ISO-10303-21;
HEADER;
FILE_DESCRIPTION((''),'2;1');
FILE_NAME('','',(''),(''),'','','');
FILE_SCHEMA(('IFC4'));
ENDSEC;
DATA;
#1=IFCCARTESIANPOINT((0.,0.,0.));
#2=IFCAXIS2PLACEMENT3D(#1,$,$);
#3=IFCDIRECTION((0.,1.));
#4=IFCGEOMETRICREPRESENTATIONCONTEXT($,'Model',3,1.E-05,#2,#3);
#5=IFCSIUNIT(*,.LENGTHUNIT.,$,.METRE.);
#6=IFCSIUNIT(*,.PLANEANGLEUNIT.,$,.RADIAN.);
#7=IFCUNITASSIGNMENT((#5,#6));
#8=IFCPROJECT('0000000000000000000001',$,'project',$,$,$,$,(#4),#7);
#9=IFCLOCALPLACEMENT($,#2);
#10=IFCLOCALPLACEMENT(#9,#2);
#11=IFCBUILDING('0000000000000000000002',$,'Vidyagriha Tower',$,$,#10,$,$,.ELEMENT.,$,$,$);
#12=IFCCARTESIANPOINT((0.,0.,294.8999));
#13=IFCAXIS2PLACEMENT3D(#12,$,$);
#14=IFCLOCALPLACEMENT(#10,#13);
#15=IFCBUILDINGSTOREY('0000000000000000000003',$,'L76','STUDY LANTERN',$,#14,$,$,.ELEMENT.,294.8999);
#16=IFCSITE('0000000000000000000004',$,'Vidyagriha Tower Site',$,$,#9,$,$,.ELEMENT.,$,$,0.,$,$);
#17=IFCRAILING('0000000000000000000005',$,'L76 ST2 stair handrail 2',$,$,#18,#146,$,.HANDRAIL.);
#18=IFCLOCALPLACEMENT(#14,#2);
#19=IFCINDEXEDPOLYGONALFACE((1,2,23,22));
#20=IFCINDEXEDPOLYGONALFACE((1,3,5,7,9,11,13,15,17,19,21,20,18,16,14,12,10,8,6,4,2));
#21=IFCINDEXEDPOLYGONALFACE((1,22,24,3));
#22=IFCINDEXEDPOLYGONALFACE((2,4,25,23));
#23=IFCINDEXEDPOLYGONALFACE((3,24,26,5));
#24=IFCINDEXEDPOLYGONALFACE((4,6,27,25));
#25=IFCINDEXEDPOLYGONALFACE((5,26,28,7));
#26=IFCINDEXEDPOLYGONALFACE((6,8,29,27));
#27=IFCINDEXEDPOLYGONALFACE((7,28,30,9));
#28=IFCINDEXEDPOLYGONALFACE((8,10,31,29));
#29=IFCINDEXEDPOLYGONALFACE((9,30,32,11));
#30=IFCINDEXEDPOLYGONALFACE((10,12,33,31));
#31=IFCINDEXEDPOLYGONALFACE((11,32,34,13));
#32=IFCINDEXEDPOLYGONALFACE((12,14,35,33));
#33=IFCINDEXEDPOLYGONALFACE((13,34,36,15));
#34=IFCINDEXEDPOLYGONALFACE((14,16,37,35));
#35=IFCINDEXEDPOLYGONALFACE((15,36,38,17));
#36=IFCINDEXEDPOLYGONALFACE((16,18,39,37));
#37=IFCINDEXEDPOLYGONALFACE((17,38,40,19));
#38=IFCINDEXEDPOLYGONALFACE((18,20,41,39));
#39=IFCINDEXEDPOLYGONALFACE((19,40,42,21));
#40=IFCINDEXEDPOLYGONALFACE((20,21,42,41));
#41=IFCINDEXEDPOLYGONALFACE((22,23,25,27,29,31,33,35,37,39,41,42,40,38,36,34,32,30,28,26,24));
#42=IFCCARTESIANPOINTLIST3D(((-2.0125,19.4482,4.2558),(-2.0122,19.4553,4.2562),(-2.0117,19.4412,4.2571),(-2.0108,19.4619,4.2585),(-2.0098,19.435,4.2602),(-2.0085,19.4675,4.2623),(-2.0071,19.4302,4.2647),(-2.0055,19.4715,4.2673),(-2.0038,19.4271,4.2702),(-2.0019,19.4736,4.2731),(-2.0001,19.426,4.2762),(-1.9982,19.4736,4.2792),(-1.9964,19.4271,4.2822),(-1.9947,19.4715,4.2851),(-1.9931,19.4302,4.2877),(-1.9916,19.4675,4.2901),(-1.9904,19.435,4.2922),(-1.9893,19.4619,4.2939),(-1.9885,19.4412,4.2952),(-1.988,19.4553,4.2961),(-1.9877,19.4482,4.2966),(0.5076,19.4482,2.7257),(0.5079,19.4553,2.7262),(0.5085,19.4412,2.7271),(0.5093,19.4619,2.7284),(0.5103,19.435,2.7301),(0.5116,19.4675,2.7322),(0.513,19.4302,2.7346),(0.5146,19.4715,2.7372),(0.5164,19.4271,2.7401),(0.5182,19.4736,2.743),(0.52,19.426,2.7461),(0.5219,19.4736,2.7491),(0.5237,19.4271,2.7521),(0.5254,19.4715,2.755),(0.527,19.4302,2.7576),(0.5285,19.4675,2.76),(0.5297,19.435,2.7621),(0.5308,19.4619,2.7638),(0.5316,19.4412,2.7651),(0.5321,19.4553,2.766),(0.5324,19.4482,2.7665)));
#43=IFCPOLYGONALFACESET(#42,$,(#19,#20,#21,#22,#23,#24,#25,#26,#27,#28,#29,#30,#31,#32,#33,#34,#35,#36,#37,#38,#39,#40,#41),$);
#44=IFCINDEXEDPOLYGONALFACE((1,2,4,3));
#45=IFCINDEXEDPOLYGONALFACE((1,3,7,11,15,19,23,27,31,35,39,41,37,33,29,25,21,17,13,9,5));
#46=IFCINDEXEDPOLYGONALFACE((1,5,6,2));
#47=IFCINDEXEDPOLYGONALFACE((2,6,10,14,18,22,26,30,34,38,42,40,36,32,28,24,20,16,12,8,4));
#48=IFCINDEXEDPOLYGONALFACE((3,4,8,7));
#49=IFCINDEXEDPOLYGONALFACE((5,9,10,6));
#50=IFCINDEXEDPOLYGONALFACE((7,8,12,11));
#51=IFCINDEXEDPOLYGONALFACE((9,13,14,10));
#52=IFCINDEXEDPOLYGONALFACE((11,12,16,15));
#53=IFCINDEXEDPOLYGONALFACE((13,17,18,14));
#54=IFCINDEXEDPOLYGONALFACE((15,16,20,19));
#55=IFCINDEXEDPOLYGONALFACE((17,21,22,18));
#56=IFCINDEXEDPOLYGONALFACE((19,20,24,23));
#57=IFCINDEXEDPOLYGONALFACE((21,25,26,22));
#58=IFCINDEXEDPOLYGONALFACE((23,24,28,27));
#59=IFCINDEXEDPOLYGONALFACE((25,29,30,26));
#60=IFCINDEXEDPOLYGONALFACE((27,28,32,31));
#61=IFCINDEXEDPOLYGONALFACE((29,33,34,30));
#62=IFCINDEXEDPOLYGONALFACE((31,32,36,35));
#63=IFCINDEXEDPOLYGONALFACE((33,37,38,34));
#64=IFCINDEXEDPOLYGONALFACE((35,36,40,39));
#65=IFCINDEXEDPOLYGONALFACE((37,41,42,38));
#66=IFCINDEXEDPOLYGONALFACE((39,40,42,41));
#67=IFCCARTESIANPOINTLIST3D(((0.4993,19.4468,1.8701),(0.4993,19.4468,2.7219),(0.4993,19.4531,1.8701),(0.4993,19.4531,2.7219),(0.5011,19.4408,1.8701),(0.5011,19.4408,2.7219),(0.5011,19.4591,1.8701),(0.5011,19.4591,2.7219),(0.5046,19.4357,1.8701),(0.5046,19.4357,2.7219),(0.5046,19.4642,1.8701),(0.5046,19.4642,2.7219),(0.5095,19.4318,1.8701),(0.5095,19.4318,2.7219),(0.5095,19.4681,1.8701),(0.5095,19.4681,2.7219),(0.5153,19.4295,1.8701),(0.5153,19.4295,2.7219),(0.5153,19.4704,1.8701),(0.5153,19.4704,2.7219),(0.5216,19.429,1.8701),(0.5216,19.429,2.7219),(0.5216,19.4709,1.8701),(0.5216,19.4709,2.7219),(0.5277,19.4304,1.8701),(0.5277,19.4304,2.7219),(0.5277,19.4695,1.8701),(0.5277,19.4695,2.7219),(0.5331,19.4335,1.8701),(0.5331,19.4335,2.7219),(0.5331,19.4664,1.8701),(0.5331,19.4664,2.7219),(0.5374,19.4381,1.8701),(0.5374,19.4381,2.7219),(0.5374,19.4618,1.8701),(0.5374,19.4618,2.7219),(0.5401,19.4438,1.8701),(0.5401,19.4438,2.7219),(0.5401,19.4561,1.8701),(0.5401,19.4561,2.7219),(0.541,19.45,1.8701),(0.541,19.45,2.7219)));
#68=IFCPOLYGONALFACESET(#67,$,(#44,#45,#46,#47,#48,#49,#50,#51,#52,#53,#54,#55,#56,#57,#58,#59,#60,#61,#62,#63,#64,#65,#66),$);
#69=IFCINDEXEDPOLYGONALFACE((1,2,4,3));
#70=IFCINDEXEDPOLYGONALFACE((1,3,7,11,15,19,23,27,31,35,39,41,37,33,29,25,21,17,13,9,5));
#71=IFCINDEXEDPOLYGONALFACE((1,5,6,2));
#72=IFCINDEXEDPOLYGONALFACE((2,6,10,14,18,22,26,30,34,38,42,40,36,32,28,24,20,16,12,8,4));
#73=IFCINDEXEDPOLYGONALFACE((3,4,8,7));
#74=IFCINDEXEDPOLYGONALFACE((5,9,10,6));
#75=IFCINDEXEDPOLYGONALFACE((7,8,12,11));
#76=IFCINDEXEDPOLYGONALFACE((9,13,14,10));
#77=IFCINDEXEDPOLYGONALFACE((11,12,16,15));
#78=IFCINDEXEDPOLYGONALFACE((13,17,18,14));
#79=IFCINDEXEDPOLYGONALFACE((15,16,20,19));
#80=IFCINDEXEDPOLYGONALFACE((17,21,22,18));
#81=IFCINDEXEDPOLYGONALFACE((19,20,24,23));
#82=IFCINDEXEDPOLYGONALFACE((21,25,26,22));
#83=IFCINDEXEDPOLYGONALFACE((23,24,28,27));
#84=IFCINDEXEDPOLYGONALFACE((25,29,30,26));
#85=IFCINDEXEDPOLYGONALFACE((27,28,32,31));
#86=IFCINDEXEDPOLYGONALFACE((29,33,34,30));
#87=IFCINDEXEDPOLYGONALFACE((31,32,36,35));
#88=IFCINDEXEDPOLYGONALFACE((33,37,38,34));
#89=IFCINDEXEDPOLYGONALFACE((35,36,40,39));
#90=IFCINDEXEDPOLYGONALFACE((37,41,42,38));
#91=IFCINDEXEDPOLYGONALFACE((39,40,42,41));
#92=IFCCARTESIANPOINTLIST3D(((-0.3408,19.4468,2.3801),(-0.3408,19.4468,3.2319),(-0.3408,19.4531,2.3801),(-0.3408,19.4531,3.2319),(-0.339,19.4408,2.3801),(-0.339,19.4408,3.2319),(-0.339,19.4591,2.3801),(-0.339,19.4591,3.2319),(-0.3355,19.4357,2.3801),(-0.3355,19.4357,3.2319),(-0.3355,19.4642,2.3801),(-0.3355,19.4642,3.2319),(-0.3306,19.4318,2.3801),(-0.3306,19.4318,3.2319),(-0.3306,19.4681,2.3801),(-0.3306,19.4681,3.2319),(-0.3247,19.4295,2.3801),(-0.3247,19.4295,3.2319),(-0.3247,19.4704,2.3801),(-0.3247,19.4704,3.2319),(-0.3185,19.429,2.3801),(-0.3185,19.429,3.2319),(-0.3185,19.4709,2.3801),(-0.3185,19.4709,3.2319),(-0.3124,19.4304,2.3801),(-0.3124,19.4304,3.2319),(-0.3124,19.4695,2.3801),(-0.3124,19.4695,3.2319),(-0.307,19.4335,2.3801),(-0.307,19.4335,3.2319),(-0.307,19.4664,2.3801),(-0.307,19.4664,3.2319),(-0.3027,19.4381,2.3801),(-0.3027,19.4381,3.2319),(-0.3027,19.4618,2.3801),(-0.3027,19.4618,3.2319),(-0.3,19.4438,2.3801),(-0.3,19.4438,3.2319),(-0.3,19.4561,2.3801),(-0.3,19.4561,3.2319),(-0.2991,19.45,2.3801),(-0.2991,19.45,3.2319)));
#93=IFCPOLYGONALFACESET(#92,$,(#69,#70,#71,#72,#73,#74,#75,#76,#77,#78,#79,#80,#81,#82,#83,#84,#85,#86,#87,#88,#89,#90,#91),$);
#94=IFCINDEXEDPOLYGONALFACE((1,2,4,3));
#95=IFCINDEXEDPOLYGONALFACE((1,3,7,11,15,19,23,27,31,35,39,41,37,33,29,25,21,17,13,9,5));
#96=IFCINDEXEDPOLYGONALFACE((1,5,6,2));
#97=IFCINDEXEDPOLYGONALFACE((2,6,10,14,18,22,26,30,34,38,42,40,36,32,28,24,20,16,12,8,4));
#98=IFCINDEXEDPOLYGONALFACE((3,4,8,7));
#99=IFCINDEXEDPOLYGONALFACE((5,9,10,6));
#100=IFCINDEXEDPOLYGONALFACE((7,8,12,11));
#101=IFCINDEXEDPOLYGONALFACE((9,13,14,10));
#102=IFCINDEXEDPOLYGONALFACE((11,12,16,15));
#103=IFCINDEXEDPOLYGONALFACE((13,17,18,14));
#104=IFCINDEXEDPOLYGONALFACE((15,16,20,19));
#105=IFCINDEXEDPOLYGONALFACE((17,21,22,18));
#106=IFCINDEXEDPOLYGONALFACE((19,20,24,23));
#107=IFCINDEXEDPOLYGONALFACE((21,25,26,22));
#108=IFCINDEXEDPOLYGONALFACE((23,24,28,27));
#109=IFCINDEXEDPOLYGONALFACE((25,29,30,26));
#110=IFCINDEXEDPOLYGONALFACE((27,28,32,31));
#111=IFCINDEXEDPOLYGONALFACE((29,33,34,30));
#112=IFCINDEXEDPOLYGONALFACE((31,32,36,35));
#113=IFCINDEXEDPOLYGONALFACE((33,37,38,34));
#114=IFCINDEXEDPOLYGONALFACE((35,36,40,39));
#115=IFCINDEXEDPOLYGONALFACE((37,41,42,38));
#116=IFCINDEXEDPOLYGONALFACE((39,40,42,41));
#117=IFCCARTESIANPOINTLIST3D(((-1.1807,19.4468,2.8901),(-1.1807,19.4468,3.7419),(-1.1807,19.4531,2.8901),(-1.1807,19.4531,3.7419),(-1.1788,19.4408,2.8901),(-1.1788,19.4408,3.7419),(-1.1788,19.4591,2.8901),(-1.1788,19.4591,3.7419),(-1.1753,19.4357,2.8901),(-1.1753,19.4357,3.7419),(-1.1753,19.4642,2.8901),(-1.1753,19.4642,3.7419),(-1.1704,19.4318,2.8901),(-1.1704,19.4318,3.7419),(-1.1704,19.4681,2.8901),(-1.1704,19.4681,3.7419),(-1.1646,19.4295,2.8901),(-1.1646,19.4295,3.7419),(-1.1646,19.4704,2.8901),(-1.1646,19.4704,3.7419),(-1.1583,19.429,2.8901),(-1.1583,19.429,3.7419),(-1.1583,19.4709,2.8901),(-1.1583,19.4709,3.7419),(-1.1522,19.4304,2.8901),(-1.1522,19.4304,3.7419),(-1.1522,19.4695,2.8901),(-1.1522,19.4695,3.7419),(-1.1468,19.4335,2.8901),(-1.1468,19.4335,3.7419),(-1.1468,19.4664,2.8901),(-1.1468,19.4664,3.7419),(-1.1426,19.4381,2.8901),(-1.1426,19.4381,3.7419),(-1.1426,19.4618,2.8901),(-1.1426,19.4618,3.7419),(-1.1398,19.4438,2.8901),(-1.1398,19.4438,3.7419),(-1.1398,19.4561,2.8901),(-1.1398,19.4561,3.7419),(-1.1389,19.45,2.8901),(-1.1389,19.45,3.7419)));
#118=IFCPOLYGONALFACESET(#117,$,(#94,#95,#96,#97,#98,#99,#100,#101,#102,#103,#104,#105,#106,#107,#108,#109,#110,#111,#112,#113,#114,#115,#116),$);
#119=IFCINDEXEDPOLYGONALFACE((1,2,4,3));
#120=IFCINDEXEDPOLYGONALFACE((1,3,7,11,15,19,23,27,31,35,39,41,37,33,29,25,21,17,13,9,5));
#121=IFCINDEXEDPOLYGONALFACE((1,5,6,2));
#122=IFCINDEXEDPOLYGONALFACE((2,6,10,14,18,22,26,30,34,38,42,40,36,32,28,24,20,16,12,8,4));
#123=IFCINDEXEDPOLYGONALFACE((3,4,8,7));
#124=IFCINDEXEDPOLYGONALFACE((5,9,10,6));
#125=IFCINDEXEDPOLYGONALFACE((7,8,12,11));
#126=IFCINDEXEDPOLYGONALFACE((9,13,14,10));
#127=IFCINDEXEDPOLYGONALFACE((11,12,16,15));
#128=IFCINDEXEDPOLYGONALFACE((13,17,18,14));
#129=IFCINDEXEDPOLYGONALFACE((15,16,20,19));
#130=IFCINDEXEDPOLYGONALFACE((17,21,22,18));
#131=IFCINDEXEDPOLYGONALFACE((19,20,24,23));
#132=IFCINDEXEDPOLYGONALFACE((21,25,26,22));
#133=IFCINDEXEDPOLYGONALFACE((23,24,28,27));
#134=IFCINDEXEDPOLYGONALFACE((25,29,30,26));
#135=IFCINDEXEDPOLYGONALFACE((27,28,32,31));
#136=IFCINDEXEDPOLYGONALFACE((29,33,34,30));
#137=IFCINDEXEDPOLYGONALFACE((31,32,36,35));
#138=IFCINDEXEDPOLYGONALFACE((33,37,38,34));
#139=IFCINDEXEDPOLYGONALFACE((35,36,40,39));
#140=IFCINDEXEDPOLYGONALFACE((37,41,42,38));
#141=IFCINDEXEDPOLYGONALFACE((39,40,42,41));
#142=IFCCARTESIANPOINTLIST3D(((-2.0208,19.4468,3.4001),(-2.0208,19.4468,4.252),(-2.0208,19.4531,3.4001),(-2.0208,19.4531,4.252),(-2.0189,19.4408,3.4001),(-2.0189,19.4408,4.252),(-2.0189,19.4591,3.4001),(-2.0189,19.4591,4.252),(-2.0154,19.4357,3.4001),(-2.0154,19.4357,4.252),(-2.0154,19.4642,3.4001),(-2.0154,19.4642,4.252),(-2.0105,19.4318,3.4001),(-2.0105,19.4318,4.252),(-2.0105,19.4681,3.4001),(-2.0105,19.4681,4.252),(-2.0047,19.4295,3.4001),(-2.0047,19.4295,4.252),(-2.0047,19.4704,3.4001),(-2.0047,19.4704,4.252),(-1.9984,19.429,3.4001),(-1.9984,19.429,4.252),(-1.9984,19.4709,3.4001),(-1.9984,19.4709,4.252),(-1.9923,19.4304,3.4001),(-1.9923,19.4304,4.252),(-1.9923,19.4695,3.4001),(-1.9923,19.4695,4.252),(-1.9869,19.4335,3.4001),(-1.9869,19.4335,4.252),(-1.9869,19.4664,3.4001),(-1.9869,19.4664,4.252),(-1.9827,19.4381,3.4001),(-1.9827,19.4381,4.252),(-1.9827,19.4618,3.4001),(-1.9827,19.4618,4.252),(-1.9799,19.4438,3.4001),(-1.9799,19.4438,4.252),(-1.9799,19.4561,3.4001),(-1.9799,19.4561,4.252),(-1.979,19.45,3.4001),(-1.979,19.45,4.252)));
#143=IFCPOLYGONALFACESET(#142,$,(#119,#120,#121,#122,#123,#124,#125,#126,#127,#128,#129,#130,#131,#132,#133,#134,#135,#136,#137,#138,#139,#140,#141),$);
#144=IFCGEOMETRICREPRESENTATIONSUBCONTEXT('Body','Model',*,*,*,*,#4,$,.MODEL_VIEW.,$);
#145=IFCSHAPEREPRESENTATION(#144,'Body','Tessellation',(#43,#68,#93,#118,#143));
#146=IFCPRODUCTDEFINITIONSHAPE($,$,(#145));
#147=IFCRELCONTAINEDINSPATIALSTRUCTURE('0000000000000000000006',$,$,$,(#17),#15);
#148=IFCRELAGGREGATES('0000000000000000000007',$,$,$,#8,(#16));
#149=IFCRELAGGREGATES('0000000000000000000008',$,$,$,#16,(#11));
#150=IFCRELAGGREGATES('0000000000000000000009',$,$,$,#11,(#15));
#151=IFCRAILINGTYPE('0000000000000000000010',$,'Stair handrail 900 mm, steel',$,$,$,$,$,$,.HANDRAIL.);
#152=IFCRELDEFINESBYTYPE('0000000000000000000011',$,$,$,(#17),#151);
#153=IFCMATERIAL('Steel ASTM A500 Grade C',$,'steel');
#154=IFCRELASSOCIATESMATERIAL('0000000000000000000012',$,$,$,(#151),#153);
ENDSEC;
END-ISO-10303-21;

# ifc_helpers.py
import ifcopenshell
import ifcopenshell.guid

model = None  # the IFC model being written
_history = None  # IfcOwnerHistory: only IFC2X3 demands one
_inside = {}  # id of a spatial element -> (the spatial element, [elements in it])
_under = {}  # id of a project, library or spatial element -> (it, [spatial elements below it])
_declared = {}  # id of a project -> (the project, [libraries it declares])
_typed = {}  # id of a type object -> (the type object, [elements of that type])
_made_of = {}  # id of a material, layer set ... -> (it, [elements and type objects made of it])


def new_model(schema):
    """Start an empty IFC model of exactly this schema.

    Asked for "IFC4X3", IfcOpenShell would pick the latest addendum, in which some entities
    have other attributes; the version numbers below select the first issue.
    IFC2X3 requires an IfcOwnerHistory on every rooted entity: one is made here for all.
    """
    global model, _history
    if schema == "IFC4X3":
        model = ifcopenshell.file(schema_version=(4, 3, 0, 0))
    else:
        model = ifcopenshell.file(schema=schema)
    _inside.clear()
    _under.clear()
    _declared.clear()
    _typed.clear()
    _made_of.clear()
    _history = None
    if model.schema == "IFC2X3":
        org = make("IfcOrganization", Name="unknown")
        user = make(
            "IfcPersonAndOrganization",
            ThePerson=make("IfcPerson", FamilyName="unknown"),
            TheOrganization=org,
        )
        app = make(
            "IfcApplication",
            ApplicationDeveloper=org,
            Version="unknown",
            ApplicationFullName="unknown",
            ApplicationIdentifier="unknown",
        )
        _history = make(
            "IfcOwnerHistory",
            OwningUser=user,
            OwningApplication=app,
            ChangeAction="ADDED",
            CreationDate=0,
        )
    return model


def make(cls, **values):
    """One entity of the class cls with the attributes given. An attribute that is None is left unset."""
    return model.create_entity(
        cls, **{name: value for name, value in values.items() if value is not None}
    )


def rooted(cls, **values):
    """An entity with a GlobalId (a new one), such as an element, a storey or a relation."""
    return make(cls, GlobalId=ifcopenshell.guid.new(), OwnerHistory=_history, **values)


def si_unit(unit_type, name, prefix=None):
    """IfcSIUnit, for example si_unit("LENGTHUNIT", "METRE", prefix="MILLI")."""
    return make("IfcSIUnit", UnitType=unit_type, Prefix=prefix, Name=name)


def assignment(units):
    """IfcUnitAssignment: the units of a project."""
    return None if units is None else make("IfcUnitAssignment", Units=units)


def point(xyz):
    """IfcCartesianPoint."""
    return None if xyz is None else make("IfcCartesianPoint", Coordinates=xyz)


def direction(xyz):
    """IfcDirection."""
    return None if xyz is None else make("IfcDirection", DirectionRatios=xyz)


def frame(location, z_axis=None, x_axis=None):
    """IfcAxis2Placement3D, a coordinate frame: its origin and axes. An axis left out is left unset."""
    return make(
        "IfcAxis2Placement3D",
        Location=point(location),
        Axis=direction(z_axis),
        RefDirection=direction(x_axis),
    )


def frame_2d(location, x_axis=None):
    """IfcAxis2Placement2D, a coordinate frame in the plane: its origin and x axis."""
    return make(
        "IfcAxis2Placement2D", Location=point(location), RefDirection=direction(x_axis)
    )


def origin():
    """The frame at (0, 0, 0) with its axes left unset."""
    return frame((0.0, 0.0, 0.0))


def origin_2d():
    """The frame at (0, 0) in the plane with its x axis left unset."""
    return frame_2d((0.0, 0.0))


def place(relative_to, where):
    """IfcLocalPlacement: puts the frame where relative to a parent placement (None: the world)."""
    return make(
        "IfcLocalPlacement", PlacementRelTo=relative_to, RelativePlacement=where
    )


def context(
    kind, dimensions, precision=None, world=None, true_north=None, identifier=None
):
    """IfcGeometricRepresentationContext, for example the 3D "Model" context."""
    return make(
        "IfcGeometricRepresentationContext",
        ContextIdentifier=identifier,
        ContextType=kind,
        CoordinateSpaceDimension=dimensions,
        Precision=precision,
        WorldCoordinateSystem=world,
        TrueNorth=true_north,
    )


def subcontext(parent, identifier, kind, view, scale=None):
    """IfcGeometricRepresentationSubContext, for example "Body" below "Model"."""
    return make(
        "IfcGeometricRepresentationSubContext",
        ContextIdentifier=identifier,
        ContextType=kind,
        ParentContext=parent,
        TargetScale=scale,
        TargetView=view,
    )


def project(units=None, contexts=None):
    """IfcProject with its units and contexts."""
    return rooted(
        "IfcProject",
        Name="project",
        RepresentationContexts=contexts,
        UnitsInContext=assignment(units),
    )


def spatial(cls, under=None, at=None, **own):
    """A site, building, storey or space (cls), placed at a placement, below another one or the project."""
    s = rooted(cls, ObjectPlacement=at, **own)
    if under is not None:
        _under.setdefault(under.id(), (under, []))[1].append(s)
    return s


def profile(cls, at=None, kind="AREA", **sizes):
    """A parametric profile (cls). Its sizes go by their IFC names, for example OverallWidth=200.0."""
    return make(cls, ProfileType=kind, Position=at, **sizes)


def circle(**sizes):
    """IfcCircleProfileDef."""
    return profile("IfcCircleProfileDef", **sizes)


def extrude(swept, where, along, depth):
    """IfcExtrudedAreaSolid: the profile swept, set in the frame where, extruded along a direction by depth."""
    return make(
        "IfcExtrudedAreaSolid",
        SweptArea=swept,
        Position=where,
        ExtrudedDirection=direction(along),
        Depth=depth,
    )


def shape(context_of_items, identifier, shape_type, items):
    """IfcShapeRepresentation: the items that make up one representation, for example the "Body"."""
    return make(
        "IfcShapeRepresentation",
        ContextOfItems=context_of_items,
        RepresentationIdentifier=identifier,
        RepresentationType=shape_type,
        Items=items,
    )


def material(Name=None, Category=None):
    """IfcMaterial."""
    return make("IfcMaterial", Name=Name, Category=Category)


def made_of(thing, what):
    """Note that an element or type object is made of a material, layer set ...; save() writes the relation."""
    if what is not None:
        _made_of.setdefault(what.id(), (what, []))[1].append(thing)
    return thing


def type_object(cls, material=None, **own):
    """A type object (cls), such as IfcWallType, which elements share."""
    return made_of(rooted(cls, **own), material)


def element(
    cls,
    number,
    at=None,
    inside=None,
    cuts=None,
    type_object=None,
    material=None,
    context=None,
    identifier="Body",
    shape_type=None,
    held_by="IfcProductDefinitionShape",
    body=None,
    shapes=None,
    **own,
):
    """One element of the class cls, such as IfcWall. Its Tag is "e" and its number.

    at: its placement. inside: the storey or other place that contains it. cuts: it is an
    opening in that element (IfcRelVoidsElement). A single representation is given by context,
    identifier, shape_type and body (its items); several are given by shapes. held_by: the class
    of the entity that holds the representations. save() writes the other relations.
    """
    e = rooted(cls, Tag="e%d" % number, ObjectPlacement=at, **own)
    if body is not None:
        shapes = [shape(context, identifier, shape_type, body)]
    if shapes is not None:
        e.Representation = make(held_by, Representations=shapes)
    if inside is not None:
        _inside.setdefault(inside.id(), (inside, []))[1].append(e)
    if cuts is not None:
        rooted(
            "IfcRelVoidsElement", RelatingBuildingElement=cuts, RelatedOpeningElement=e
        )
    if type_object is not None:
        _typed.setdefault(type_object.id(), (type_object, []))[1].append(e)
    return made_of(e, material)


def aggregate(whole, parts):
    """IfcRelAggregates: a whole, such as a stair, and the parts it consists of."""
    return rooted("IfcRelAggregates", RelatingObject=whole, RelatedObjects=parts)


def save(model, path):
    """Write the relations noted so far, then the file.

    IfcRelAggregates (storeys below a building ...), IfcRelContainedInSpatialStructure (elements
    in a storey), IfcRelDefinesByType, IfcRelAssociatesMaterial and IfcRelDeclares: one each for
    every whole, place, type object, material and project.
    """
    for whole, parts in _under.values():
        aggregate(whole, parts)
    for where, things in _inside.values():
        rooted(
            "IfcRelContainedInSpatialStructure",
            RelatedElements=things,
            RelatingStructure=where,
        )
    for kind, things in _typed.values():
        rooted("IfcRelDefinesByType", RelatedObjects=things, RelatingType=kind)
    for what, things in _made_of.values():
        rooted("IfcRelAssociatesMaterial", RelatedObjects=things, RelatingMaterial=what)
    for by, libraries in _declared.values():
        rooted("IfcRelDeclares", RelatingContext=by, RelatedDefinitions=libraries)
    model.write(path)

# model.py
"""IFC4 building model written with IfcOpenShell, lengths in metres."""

from ifc_helpers import new_model, si_unit, direction, frame, origin, origin_2d, place, context, subcontext, project, spatial, circle, extrude, material, type_object, element, save


model = new_model("IFC4")

# Units and contexts
model_context = context("Model", 3, precision=1e-05, world=origin(), true_north=direction((0.0, 1.0)))
body_context = subcontext(model_context, "Body", "Model", "MODEL_VIEW")
ifc_project = project(units=[si_unit("LENGTHUNIT", "METRE"), si_unit("PLANEANGLEUNIT", "RADIAN")], contexts=[model_context])

# Site, building, storey
site_placement = place(None, origin())
site = spatial("IfcSite", under=ifc_project, at=site_placement, Name="Vidyagriha Tower Site", CompositionType="ELEMENT", RefElevation=0.0)
building_placement = place(site_placement, origin())
building = spatial("IfcBuilding", under=site, at=building_placement, Name="Vidyagriha Tower", CompositionType="ELEMENT")
storey_placement = place(building_placement, frame((0.0, 0.0, 294.8999)))
storey = spatial("IfcBuildingStorey", under=building, at=storey_placement, Name="L76", Description="STUDY LANTERN", CompositionType="ELEMENT", Elevation=294.8999)

# Railing
ifc_material_1 = material(Name="Steel ASTM A500 Grade C", Category="steel")
railing_type_1 = type_object("IfcRailingType", Name="Stair handrail 900 mm, steel", PredefinedType="HANDRAIL", material=ifc_material_1)
railing_1_placement = place(storey_placement, frame((0.52, 19.45, 1.8701)))
element("IfcRailing", 1, at=railing_1_placement, inside=storey, type_object=railing_type_1, Name="L76 ST2 stair handrail 2", PredefinedType="HANDRAIL", context=body_context, shape_type="SweptSolid", body=[
    extrude(circle(Radius=0.0239, at=origin_2d()), frame((0.0, 0.0, 0.876), z_axis=(-0.854785, 0.0, 0.518982), x_axis=(0.0, -1.0, 0.0)), (0.0, 0.0, 1.0), 2.9482),
    extrude(circle(Radius=0.021, at=origin_2d()), origin(), (0.0, 0.0, 1.0), 0.8518),
    extrude(circle(Radius=0.021, at=origin_2d()), frame((-0.8401, 0.0, 0.51)), (0.0, 0.0, 1.0), 0.8518),
    extrude(circle(Radius=0.021, at=origin_2d()), frame((-1.6799, 0.0, 1.02)), (0.0, 0.0, 1.0), 0.8518),
    extrude(circle(Radius=0.021, at=origin_2d()), frame((-2.52, 0.0, 1.53)), (0.0, 0.0, 1.0), 0.8518),
])

save(model, "model.ifc")
